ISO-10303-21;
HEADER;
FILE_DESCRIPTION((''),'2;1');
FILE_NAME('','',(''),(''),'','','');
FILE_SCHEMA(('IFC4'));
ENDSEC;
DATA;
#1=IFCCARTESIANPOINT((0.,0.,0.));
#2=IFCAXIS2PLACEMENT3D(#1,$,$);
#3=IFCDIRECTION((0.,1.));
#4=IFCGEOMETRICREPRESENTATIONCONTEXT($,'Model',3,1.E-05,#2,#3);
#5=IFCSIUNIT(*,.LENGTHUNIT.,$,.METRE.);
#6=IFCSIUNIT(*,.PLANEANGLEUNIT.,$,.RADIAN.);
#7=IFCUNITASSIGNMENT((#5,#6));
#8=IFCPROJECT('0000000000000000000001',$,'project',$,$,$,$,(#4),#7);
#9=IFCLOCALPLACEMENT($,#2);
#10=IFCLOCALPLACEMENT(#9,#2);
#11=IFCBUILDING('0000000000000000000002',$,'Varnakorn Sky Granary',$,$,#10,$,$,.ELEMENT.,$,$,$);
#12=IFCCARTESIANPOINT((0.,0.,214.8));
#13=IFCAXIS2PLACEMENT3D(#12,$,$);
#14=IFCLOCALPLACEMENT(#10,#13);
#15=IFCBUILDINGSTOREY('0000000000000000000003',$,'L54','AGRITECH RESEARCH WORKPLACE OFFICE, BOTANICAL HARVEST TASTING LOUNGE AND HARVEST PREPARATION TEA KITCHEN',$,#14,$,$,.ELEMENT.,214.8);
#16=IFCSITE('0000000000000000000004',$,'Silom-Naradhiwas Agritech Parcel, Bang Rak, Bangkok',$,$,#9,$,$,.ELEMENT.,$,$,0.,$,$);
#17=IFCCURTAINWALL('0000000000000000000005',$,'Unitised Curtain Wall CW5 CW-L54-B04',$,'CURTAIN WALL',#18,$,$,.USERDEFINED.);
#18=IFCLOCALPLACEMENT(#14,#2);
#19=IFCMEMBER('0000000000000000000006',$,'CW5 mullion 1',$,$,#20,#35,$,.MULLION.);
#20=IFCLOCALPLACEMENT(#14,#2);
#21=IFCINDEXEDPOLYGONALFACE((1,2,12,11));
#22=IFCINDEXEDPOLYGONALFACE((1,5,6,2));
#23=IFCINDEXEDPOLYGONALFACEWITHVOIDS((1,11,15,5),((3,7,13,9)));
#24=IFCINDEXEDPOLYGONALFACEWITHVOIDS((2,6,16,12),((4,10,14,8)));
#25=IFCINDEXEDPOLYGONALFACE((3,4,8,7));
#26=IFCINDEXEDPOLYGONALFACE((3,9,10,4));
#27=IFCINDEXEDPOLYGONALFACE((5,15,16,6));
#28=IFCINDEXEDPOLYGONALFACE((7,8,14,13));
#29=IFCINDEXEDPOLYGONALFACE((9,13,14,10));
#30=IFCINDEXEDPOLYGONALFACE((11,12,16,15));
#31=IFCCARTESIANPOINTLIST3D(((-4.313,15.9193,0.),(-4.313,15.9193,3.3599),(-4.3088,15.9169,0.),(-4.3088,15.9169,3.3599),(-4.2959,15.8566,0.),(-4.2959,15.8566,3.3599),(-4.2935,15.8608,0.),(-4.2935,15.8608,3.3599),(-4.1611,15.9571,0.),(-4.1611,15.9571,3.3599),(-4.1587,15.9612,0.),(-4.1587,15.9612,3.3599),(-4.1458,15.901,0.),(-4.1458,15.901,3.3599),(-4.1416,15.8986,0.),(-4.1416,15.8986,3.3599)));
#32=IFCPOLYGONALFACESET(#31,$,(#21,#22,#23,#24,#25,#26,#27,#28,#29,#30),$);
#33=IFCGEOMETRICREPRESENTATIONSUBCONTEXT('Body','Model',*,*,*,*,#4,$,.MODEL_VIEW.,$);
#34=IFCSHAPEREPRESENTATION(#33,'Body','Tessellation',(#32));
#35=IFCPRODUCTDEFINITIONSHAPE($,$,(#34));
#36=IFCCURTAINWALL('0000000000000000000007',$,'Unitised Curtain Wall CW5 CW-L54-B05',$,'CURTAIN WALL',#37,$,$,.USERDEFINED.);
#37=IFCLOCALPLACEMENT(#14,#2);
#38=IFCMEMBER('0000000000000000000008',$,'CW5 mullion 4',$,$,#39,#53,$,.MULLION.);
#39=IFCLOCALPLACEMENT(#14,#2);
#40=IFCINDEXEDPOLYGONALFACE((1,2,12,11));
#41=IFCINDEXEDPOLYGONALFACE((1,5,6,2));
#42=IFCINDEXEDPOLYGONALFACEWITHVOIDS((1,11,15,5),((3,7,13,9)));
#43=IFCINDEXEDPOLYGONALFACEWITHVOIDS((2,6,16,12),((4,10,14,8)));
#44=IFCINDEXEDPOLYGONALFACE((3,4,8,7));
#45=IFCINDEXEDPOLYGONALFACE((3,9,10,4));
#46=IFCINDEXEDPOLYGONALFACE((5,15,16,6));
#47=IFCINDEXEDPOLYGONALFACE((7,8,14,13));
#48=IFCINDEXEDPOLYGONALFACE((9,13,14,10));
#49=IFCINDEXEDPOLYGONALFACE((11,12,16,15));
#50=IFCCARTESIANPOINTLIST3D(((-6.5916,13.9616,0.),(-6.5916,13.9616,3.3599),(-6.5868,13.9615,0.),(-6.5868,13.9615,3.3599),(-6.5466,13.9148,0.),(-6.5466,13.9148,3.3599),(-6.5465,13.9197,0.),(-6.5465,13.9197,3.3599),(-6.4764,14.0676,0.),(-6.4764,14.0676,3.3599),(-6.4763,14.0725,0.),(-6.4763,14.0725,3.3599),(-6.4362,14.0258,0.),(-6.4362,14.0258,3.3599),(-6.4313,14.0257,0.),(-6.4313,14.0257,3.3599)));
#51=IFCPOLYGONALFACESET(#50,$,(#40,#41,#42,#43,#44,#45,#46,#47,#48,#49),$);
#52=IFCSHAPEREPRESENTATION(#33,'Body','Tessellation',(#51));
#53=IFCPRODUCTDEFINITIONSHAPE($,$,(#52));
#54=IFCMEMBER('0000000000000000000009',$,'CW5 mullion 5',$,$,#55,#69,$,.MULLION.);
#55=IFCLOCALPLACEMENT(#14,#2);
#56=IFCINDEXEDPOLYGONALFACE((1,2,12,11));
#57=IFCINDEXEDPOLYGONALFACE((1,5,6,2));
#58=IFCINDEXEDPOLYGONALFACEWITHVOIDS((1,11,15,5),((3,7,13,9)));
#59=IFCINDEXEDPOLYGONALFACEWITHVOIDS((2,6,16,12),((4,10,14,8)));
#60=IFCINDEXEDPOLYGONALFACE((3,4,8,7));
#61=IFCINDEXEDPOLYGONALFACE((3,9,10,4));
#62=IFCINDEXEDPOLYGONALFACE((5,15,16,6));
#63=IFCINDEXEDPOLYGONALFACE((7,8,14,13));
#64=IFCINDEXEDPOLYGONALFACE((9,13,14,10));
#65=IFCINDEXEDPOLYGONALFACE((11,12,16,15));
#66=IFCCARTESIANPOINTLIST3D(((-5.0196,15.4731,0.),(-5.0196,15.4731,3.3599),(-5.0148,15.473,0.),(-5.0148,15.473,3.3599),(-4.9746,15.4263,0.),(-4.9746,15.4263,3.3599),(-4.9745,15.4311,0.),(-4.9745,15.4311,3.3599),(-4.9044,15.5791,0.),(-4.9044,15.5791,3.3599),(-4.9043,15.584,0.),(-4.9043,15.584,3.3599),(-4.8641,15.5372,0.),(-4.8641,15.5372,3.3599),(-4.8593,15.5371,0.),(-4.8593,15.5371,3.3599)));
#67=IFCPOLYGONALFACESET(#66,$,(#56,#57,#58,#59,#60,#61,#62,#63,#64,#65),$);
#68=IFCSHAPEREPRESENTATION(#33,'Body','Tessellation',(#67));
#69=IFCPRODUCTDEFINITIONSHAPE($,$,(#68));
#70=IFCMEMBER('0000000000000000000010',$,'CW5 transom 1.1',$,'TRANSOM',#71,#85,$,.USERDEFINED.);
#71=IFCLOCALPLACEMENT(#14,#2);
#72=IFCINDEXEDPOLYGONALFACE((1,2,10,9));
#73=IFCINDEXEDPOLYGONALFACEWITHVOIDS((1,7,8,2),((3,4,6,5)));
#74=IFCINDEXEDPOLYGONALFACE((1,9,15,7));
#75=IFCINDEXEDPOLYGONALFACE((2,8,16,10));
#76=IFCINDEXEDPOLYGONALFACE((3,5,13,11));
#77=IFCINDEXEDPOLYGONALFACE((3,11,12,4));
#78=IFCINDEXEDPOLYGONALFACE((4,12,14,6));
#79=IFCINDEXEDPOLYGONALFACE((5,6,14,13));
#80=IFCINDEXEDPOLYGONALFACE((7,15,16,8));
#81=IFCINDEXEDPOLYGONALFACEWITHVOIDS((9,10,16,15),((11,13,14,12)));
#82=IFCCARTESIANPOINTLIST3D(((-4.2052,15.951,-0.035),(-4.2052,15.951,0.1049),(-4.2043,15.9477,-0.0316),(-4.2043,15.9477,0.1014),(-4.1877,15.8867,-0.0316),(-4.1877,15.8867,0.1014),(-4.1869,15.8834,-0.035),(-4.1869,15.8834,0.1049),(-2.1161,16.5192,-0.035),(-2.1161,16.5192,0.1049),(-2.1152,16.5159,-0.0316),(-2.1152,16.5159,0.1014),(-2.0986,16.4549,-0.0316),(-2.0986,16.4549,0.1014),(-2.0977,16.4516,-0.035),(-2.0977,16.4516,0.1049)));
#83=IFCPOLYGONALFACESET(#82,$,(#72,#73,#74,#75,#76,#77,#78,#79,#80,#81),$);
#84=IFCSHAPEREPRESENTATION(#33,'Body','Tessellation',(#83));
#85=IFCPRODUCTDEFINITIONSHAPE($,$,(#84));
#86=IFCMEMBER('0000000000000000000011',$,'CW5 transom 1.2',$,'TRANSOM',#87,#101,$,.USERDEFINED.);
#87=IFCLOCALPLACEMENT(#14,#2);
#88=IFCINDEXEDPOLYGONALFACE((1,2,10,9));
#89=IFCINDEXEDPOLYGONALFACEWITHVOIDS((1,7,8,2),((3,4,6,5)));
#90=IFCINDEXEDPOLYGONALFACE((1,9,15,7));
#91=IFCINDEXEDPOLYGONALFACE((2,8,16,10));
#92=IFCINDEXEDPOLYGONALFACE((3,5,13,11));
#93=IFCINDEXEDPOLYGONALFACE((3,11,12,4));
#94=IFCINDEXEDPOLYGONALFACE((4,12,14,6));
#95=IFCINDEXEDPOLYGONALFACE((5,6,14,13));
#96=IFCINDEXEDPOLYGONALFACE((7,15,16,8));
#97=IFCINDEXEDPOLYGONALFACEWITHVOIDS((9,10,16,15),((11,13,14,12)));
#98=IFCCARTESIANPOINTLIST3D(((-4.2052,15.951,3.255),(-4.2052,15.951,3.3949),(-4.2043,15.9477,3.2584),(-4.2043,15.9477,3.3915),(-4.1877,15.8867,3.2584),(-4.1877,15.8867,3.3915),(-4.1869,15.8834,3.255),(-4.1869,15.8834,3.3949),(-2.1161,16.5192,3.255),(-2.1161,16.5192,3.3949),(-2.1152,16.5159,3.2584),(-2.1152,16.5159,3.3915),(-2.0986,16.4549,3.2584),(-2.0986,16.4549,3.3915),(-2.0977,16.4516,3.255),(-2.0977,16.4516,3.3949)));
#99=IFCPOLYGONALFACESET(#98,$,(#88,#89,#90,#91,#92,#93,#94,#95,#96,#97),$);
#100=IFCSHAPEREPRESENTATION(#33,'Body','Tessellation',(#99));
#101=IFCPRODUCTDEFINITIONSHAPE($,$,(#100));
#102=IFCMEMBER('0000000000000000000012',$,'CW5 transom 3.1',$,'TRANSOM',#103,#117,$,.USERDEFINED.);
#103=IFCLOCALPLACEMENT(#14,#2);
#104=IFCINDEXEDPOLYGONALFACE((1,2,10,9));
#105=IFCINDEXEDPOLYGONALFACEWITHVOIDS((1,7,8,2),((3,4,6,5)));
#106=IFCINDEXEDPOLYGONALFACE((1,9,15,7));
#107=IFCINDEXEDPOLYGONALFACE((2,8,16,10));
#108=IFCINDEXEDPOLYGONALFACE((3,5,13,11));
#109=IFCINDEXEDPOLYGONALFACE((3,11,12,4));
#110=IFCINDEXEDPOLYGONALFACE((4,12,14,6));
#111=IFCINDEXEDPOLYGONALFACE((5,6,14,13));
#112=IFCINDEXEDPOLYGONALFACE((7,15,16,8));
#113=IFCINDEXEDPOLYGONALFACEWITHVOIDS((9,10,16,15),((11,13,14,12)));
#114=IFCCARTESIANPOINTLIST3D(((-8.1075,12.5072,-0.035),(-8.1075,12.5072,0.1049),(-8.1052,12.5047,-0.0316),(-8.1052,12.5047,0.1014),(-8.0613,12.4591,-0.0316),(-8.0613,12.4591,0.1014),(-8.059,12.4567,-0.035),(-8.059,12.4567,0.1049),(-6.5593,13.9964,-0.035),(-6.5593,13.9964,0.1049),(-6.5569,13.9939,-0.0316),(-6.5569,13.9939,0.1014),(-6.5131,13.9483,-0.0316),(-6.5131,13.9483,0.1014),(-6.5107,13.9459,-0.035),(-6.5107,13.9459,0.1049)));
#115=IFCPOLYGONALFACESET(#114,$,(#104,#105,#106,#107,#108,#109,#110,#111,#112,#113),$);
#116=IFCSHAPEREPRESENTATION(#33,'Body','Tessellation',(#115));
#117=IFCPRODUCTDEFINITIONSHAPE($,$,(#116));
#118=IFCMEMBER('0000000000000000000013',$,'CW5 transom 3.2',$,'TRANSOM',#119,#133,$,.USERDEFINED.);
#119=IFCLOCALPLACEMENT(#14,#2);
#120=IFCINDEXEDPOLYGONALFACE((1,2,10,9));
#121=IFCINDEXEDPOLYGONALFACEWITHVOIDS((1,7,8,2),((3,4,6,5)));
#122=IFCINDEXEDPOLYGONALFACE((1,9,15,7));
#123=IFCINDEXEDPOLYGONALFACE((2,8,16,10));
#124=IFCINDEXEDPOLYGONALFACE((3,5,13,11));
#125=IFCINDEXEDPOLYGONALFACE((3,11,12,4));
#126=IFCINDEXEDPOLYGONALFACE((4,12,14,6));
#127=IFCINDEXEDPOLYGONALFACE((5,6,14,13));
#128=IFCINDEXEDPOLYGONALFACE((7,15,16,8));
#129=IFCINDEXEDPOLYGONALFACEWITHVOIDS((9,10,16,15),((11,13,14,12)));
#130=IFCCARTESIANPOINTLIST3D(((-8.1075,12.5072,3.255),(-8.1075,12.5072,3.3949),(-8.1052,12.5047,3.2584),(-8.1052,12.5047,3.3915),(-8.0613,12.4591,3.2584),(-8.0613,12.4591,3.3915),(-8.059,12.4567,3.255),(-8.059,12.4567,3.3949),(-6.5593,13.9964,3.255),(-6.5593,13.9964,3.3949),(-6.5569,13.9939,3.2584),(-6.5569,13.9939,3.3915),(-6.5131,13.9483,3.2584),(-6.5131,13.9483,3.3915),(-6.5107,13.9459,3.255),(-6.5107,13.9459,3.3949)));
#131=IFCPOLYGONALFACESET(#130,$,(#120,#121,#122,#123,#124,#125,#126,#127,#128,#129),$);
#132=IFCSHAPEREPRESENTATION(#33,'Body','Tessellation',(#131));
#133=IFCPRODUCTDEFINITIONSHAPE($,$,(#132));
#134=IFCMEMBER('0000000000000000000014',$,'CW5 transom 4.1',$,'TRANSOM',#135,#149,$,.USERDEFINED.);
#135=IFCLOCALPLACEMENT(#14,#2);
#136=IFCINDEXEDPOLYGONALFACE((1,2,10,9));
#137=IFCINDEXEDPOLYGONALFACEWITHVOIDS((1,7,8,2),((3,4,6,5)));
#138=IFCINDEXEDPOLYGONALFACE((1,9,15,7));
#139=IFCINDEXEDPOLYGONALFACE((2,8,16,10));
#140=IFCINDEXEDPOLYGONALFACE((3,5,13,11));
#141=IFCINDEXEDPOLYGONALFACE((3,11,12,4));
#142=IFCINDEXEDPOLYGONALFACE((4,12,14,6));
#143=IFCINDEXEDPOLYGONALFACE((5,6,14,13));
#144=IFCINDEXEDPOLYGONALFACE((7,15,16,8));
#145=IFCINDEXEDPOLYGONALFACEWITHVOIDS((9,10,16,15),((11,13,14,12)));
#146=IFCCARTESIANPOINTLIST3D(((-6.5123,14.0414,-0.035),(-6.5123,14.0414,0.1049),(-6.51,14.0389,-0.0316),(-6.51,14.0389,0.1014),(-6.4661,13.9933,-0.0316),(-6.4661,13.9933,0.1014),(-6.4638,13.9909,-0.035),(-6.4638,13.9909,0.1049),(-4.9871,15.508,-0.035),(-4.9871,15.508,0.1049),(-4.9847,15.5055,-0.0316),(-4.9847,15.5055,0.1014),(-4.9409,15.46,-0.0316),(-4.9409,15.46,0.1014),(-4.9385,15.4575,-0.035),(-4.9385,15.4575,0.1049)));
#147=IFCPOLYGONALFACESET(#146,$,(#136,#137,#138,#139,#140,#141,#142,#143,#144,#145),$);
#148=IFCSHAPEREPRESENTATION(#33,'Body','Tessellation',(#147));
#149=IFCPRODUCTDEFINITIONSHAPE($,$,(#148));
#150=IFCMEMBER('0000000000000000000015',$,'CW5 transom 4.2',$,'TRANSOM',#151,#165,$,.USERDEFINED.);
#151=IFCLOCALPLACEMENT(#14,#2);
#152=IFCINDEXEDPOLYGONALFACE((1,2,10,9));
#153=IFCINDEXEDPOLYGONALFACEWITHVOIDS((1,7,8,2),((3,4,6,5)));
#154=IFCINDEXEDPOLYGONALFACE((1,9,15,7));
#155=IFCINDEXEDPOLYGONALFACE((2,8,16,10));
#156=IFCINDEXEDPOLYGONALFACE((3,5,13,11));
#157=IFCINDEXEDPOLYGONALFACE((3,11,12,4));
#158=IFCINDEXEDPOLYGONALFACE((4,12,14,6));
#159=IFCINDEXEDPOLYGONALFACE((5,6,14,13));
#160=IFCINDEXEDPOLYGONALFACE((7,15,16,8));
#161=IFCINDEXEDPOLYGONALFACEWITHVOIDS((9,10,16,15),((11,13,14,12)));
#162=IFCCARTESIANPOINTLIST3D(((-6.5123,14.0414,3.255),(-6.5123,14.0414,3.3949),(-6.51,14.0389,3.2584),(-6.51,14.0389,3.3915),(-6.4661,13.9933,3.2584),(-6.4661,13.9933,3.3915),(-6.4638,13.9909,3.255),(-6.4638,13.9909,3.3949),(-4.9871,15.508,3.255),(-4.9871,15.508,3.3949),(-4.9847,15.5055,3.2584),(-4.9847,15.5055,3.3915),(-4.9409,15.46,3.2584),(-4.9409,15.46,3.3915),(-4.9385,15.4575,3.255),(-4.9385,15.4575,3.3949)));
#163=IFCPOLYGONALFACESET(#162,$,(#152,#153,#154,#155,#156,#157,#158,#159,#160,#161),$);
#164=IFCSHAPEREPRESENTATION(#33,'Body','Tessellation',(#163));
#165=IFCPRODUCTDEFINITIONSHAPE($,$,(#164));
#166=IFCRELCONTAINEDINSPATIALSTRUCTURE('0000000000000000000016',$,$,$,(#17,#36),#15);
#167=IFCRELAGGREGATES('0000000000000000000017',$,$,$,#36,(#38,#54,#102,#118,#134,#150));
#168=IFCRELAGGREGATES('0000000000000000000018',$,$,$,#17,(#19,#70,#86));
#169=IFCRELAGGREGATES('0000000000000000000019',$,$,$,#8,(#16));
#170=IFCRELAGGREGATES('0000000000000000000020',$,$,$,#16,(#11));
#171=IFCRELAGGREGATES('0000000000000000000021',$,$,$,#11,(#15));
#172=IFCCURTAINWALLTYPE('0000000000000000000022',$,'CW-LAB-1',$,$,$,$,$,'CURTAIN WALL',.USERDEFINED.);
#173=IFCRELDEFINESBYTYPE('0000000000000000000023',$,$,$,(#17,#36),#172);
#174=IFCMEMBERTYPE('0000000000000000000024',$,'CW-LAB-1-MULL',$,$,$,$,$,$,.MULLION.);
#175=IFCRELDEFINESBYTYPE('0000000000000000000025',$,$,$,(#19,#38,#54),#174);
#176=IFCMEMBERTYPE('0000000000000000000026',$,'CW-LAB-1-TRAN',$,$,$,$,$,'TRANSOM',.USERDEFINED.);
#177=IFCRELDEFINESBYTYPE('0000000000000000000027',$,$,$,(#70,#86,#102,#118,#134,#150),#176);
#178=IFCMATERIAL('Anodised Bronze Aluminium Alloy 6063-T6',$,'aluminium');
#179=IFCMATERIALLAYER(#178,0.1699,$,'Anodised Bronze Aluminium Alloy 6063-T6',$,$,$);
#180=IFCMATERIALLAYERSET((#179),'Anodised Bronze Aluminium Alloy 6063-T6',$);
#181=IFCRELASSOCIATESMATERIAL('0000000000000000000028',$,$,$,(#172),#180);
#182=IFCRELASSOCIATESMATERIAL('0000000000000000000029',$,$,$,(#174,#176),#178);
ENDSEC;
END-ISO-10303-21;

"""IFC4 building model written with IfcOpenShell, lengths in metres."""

from ifc_helpers import new_model, si_unit, direction, frame, origin, origin_2d, place, context, subcontext, project, spatial, hollow_rectangle, extrude, material, layer, layer_set, material_profile, profile_set, type_object, element, aggregate, save


model = new_model("IFC4")

# Units and contexts
model_context = context("Model", 3, precision=1e-05, world=origin(), true_north=direction((0.0, 1.0)))
body_context = subcontext(model_context, "Body", "Model", "MODEL_VIEW")
ifc_project = project(units=[si_unit("LENGTHUNIT", "METRE"), si_unit("PLANEANGLEUNIT", "RADIAN")], contexts=[model_context])

# Site, building, storey
site_placement = place(None, origin())
site = spatial("IfcSite", under=ifc_project, at=site_placement, Name="Silom-Naradhiwas Agritech Parcel, Bang Rak, Bangkok", CompositionType="ELEMENT", RefElevation=0.0)
building_placement = place(site_placement, origin())
building = spatial("IfcBuilding", under=site, at=building_placement, Name="Varnakorn Sky Granary", CompositionType="ELEMENT")
storey_placement = place(building_placement, frame((0.0, 0.0, 214.8)))
storey = spatial("IfcBuildingStorey", under=building, at=storey_placement, Name="L54", Description="AGRITECH RESEARCH WORKPLACE OFFICE, BOTANICAL HARVEST TASTING LOUNGE AND HARVEST PREPARATION TEA KITCHEN", CompositionType="ELEMENT", Elevation=214.8)

# Curtain wall, member
ifc_material_1 = material(Name="Anodised Bronze Aluminium Alloy 6063-T6", Category="aluminium")
ifc_layer_1 = layer(ifc_material_1, 0.1699, Name="Anodised Bronze Aluminium Alloy 6063-T6")
ifc_layer_set_1 = layer_set([ifc_layer_1], Name="Anodised Bronze Aluminium Alloy 6063-T6")
curtain_wall_type = type_object("IfcCurtainWallType", Name="CW-LAB-1", ElementType="CURTAIN WALL", PredefinedType="USERDEFINED", material=ifc_layer_set_1)
curtain_wall_1_placement = place(storey_placement, origin())
curtain_wall_1 = element("IfcCurtainWall", 1, at=curtain_wall_1_placement, inside=storey, type_object=curtain_wall_type, Name="Unitised Curtain Wall CW5 CW-L54-B04", ObjectType="CURTAIN WALL", PredefinedType="USERDEFINED")
ifc_material_profile_1 = material_profile(ifc_material_1, hollow_rectangle(XDim=0.0649, YDim=0.1599, WallThickness=0.0034, at=origin_2d()), Name="ALU MULL 65x160")
ifc_profile_set_1 = profile_set([ifc_material_profile_1], Name="Anodised Bronze Aluminium Alloy 6063-T6")
member_type_1 = type_object("IfcMemberType", Name="CW-LAB-1-MULL", PredefinedType="MULLION", material=ifc_profile_set_1)
member_1_placement = place(storey_placement, frame((-4.2273, 15.9089, 0.0), z_axis=(0.0, 0.0, 1.0), x_axis=(-0.262381, 0.964964, 0.0)))
member_1 = element("IfcMember", 2, at=member_1_placement, type_object=member_type_1, Name="CW5 mullion 1", PredefinedType="MULLION", context=body_context, shape_type="SweptSolid", body=[
    extrude(hollow_rectangle(XDim=0.0649, YDim=0.1599, WallThickness=0.0034, at=origin_2d()), origin(), (0.0, 0.0, 1.0), 3.3599),
])

# Curtain wall, members
curtain_wall_2_placement = place(storey_placement, origin())
curtain_wall_2 = element("IfcCurtainWall", 3, at=curtain_wall_2_placement, inside=storey, type_object=curtain_wall_type, Name="Unitised Curtain Wall CW5 CW-L54-B05", ObjectType="CURTAIN WALL", PredefinedType="USERDEFINED")
member_2_placement = place(storey_placement, frame((-6.5115, 13.9937, 0.0), z_axis=(0.0, 0.0, 1.0), x_axis=(-0.69314, 0.720803, 0.0)))
member_2 = element("IfcMember", 4, at=member_2_placement, type_object=member_type_1, Name="CW5 mullion 4", PredefinedType="MULLION", context=body_context, shape_type="SweptSolid", body=[
    extrude(hollow_rectangle(XDim=0.0649, YDim=0.1599, WallThickness=0.0034, at=origin_2d()), origin(), (0.0, 0.0, 1.0), 3.3599),
])
member_3_placement = place(storey_placement, frame((-4.9395, 15.5051, 0.0), z_axis=(0.0, 0.0, 1.0), x_axis=(-0.69314, 0.720803, 0.0)))
member_3 = element("IfcMember", 5, at=member_3_placement, type_object=member_type_1, Name="CW5 mullion 5", PredefinedType="MULLION", context=body_context, shape_type="SweptSolid", body=[
    extrude(hollow_rectangle(XDim=0.0649, YDim=0.1599, WallThickness=0.0034, at=origin_2d()), origin(), (0.0, 0.0, 1.0), 3.3599),
])

# Members
ifc_material_profile_2 = material_profile(ifc_material_1, hollow_rectangle(XDim=0.0701, YDim=0.1399, WallThickness=0.0034, at=origin_2d()), Name="ALU TRAN 70x140")
ifc_profile_set_2 = profile_set([ifc_material_profile_2], Name="Anodised Bronze Aluminium Alloy 6063-T6")
member_type_2 = type_object("IfcMemberType", Name="CW-LAB-1-TRAN", ElementType="TRANSOM", PredefinedType="USERDEFINED", material=ifc_profile_set_2)
member_4_placement = place(storey_placement, frame((-4.196, 15.9172, 0.0349), z_axis=(0.964956, 0.262411, 0.0), x_axis=(-0.262411, 0.964956, 0.0)))
member_4 = element("IfcMember", 6, at=member_4_placement, type_object=member_type_2, Name="CW5 transom 1.1", ObjectType="TRANSOM", PredefinedType="USERDEFINED", context=body_context, shape_type="SweptSolid", body=[
    extrude(hollow_rectangle(XDim=0.0701, YDim=0.1399, WallThickness=0.0034, at=origin_2d()), origin(), (0.0, 0.0, 1.0), 2.165),
])
member_5_placement = place(storey_placement, frame((-4.196, 15.9172, 3.325), z_axis=(0.964956, 0.262411, 0.0), x_axis=(-0.262411, 0.964956, 0.0)))
member_5 = element("IfcMember", 7, at=member_5_placement, type_object=member_type_2, Name="CW5 transom 1.2", ObjectType="TRANSOM", PredefinedType="USERDEFINED", context=body_context, shape_type="SweptSolid", body=[
    extrude(hollow_rectangle(XDim=0.0701, YDim=0.1399, WallThickness=0.0034, at=origin_2d()), origin(), (0.0, 0.0, 1.0), 2.165),
])
member_6_placement = place(storey_placement, frame((-8.0833, 12.4819, 0.0349), z_axis=(0.720724, 0.693222, 0.0), x_axis=(-0.693222, 0.720724, 0.0)))
member_6 = element("IfcMember", 8, at=member_6_placement, type_object=member_type_2, Name="CW5 transom 3.1", ObjectType="TRANSOM", PredefinedType="USERDEFINED", context=body_context, shape_type="SweptSolid", body=[
    extrude(hollow_rectangle(XDim=0.0701, YDim=0.1399, WallThickness=0.0034, at=origin_2d()), origin(), (0.0, 0.0, 1.0), 2.1482),
])
member_7_placement = place(storey_placement, frame((-8.0833, 12.4819, 3.325), z_axis=(0.720724, 0.693222, 0.0), x_axis=(-0.693222, 0.720724, 0.0)))
member_7 = element("IfcMember", 9, at=member_7_placement, type_object=member_type_2, Name="CW5 transom 3.2", ObjectType="TRANSOM", PredefinedType="USERDEFINED", context=body_context, shape_type="SweptSolid", body=[
    extrude(hollow_rectangle(XDim=0.0701, YDim=0.1399, WallThickness=0.0034, at=origin_2d()), origin(), (0.0, 0.0, 1.0), 2.1482),
])
member_8_placement = place(storey_placement, frame((-6.488, 14.0161, 0.0349), z_axis=(0.720818, 0.693125, 0.0), x_axis=(-0.693125, 0.720818, 0.0)))
member_8 = element("IfcMember", 10, at=member_8_placement, type_object=member_type_2, Name="CW5 transom 4.1", ObjectType="TRANSOM", PredefinedType="USERDEFINED", context=body_context, shape_type="SweptSolid", body=[
    extrude(hollow_rectangle(XDim=0.0701, YDim=0.1399, WallThickness=0.0034, at=origin_2d()), origin(), (0.0, 0.0, 1.0), 2.116),
])
member_9_placement = place(storey_placement, frame((-6.488, 14.0161, 3.325), z_axis=(0.720818, 0.693125, 0.0), x_axis=(-0.693125, 0.720818, 0.0)))
member_9 = element("IfcMember", 11, at=member_9_placement, type_object=member_type_2, Name="CW5 transom 4.2", ObjectType="TRANSOM", PredefinedType="USERDEFINED", context=body_context, shape_type="SweptSolid", body=[
    extrude(hollow_rectangle(XDim=0.0701, YDim=0.1399, WallThickness=0.0034, at=origin_2d()), origin(), (0.0, 0.0, 1.0), 2.116),
])

aggregate(curtain_wall_2, [member_2, member_3, member_6, member_7, member_8, member_9])
aggregate(curtain_wall_1, [member_1, member_4, member_5])

save(model, "model.ifc")
